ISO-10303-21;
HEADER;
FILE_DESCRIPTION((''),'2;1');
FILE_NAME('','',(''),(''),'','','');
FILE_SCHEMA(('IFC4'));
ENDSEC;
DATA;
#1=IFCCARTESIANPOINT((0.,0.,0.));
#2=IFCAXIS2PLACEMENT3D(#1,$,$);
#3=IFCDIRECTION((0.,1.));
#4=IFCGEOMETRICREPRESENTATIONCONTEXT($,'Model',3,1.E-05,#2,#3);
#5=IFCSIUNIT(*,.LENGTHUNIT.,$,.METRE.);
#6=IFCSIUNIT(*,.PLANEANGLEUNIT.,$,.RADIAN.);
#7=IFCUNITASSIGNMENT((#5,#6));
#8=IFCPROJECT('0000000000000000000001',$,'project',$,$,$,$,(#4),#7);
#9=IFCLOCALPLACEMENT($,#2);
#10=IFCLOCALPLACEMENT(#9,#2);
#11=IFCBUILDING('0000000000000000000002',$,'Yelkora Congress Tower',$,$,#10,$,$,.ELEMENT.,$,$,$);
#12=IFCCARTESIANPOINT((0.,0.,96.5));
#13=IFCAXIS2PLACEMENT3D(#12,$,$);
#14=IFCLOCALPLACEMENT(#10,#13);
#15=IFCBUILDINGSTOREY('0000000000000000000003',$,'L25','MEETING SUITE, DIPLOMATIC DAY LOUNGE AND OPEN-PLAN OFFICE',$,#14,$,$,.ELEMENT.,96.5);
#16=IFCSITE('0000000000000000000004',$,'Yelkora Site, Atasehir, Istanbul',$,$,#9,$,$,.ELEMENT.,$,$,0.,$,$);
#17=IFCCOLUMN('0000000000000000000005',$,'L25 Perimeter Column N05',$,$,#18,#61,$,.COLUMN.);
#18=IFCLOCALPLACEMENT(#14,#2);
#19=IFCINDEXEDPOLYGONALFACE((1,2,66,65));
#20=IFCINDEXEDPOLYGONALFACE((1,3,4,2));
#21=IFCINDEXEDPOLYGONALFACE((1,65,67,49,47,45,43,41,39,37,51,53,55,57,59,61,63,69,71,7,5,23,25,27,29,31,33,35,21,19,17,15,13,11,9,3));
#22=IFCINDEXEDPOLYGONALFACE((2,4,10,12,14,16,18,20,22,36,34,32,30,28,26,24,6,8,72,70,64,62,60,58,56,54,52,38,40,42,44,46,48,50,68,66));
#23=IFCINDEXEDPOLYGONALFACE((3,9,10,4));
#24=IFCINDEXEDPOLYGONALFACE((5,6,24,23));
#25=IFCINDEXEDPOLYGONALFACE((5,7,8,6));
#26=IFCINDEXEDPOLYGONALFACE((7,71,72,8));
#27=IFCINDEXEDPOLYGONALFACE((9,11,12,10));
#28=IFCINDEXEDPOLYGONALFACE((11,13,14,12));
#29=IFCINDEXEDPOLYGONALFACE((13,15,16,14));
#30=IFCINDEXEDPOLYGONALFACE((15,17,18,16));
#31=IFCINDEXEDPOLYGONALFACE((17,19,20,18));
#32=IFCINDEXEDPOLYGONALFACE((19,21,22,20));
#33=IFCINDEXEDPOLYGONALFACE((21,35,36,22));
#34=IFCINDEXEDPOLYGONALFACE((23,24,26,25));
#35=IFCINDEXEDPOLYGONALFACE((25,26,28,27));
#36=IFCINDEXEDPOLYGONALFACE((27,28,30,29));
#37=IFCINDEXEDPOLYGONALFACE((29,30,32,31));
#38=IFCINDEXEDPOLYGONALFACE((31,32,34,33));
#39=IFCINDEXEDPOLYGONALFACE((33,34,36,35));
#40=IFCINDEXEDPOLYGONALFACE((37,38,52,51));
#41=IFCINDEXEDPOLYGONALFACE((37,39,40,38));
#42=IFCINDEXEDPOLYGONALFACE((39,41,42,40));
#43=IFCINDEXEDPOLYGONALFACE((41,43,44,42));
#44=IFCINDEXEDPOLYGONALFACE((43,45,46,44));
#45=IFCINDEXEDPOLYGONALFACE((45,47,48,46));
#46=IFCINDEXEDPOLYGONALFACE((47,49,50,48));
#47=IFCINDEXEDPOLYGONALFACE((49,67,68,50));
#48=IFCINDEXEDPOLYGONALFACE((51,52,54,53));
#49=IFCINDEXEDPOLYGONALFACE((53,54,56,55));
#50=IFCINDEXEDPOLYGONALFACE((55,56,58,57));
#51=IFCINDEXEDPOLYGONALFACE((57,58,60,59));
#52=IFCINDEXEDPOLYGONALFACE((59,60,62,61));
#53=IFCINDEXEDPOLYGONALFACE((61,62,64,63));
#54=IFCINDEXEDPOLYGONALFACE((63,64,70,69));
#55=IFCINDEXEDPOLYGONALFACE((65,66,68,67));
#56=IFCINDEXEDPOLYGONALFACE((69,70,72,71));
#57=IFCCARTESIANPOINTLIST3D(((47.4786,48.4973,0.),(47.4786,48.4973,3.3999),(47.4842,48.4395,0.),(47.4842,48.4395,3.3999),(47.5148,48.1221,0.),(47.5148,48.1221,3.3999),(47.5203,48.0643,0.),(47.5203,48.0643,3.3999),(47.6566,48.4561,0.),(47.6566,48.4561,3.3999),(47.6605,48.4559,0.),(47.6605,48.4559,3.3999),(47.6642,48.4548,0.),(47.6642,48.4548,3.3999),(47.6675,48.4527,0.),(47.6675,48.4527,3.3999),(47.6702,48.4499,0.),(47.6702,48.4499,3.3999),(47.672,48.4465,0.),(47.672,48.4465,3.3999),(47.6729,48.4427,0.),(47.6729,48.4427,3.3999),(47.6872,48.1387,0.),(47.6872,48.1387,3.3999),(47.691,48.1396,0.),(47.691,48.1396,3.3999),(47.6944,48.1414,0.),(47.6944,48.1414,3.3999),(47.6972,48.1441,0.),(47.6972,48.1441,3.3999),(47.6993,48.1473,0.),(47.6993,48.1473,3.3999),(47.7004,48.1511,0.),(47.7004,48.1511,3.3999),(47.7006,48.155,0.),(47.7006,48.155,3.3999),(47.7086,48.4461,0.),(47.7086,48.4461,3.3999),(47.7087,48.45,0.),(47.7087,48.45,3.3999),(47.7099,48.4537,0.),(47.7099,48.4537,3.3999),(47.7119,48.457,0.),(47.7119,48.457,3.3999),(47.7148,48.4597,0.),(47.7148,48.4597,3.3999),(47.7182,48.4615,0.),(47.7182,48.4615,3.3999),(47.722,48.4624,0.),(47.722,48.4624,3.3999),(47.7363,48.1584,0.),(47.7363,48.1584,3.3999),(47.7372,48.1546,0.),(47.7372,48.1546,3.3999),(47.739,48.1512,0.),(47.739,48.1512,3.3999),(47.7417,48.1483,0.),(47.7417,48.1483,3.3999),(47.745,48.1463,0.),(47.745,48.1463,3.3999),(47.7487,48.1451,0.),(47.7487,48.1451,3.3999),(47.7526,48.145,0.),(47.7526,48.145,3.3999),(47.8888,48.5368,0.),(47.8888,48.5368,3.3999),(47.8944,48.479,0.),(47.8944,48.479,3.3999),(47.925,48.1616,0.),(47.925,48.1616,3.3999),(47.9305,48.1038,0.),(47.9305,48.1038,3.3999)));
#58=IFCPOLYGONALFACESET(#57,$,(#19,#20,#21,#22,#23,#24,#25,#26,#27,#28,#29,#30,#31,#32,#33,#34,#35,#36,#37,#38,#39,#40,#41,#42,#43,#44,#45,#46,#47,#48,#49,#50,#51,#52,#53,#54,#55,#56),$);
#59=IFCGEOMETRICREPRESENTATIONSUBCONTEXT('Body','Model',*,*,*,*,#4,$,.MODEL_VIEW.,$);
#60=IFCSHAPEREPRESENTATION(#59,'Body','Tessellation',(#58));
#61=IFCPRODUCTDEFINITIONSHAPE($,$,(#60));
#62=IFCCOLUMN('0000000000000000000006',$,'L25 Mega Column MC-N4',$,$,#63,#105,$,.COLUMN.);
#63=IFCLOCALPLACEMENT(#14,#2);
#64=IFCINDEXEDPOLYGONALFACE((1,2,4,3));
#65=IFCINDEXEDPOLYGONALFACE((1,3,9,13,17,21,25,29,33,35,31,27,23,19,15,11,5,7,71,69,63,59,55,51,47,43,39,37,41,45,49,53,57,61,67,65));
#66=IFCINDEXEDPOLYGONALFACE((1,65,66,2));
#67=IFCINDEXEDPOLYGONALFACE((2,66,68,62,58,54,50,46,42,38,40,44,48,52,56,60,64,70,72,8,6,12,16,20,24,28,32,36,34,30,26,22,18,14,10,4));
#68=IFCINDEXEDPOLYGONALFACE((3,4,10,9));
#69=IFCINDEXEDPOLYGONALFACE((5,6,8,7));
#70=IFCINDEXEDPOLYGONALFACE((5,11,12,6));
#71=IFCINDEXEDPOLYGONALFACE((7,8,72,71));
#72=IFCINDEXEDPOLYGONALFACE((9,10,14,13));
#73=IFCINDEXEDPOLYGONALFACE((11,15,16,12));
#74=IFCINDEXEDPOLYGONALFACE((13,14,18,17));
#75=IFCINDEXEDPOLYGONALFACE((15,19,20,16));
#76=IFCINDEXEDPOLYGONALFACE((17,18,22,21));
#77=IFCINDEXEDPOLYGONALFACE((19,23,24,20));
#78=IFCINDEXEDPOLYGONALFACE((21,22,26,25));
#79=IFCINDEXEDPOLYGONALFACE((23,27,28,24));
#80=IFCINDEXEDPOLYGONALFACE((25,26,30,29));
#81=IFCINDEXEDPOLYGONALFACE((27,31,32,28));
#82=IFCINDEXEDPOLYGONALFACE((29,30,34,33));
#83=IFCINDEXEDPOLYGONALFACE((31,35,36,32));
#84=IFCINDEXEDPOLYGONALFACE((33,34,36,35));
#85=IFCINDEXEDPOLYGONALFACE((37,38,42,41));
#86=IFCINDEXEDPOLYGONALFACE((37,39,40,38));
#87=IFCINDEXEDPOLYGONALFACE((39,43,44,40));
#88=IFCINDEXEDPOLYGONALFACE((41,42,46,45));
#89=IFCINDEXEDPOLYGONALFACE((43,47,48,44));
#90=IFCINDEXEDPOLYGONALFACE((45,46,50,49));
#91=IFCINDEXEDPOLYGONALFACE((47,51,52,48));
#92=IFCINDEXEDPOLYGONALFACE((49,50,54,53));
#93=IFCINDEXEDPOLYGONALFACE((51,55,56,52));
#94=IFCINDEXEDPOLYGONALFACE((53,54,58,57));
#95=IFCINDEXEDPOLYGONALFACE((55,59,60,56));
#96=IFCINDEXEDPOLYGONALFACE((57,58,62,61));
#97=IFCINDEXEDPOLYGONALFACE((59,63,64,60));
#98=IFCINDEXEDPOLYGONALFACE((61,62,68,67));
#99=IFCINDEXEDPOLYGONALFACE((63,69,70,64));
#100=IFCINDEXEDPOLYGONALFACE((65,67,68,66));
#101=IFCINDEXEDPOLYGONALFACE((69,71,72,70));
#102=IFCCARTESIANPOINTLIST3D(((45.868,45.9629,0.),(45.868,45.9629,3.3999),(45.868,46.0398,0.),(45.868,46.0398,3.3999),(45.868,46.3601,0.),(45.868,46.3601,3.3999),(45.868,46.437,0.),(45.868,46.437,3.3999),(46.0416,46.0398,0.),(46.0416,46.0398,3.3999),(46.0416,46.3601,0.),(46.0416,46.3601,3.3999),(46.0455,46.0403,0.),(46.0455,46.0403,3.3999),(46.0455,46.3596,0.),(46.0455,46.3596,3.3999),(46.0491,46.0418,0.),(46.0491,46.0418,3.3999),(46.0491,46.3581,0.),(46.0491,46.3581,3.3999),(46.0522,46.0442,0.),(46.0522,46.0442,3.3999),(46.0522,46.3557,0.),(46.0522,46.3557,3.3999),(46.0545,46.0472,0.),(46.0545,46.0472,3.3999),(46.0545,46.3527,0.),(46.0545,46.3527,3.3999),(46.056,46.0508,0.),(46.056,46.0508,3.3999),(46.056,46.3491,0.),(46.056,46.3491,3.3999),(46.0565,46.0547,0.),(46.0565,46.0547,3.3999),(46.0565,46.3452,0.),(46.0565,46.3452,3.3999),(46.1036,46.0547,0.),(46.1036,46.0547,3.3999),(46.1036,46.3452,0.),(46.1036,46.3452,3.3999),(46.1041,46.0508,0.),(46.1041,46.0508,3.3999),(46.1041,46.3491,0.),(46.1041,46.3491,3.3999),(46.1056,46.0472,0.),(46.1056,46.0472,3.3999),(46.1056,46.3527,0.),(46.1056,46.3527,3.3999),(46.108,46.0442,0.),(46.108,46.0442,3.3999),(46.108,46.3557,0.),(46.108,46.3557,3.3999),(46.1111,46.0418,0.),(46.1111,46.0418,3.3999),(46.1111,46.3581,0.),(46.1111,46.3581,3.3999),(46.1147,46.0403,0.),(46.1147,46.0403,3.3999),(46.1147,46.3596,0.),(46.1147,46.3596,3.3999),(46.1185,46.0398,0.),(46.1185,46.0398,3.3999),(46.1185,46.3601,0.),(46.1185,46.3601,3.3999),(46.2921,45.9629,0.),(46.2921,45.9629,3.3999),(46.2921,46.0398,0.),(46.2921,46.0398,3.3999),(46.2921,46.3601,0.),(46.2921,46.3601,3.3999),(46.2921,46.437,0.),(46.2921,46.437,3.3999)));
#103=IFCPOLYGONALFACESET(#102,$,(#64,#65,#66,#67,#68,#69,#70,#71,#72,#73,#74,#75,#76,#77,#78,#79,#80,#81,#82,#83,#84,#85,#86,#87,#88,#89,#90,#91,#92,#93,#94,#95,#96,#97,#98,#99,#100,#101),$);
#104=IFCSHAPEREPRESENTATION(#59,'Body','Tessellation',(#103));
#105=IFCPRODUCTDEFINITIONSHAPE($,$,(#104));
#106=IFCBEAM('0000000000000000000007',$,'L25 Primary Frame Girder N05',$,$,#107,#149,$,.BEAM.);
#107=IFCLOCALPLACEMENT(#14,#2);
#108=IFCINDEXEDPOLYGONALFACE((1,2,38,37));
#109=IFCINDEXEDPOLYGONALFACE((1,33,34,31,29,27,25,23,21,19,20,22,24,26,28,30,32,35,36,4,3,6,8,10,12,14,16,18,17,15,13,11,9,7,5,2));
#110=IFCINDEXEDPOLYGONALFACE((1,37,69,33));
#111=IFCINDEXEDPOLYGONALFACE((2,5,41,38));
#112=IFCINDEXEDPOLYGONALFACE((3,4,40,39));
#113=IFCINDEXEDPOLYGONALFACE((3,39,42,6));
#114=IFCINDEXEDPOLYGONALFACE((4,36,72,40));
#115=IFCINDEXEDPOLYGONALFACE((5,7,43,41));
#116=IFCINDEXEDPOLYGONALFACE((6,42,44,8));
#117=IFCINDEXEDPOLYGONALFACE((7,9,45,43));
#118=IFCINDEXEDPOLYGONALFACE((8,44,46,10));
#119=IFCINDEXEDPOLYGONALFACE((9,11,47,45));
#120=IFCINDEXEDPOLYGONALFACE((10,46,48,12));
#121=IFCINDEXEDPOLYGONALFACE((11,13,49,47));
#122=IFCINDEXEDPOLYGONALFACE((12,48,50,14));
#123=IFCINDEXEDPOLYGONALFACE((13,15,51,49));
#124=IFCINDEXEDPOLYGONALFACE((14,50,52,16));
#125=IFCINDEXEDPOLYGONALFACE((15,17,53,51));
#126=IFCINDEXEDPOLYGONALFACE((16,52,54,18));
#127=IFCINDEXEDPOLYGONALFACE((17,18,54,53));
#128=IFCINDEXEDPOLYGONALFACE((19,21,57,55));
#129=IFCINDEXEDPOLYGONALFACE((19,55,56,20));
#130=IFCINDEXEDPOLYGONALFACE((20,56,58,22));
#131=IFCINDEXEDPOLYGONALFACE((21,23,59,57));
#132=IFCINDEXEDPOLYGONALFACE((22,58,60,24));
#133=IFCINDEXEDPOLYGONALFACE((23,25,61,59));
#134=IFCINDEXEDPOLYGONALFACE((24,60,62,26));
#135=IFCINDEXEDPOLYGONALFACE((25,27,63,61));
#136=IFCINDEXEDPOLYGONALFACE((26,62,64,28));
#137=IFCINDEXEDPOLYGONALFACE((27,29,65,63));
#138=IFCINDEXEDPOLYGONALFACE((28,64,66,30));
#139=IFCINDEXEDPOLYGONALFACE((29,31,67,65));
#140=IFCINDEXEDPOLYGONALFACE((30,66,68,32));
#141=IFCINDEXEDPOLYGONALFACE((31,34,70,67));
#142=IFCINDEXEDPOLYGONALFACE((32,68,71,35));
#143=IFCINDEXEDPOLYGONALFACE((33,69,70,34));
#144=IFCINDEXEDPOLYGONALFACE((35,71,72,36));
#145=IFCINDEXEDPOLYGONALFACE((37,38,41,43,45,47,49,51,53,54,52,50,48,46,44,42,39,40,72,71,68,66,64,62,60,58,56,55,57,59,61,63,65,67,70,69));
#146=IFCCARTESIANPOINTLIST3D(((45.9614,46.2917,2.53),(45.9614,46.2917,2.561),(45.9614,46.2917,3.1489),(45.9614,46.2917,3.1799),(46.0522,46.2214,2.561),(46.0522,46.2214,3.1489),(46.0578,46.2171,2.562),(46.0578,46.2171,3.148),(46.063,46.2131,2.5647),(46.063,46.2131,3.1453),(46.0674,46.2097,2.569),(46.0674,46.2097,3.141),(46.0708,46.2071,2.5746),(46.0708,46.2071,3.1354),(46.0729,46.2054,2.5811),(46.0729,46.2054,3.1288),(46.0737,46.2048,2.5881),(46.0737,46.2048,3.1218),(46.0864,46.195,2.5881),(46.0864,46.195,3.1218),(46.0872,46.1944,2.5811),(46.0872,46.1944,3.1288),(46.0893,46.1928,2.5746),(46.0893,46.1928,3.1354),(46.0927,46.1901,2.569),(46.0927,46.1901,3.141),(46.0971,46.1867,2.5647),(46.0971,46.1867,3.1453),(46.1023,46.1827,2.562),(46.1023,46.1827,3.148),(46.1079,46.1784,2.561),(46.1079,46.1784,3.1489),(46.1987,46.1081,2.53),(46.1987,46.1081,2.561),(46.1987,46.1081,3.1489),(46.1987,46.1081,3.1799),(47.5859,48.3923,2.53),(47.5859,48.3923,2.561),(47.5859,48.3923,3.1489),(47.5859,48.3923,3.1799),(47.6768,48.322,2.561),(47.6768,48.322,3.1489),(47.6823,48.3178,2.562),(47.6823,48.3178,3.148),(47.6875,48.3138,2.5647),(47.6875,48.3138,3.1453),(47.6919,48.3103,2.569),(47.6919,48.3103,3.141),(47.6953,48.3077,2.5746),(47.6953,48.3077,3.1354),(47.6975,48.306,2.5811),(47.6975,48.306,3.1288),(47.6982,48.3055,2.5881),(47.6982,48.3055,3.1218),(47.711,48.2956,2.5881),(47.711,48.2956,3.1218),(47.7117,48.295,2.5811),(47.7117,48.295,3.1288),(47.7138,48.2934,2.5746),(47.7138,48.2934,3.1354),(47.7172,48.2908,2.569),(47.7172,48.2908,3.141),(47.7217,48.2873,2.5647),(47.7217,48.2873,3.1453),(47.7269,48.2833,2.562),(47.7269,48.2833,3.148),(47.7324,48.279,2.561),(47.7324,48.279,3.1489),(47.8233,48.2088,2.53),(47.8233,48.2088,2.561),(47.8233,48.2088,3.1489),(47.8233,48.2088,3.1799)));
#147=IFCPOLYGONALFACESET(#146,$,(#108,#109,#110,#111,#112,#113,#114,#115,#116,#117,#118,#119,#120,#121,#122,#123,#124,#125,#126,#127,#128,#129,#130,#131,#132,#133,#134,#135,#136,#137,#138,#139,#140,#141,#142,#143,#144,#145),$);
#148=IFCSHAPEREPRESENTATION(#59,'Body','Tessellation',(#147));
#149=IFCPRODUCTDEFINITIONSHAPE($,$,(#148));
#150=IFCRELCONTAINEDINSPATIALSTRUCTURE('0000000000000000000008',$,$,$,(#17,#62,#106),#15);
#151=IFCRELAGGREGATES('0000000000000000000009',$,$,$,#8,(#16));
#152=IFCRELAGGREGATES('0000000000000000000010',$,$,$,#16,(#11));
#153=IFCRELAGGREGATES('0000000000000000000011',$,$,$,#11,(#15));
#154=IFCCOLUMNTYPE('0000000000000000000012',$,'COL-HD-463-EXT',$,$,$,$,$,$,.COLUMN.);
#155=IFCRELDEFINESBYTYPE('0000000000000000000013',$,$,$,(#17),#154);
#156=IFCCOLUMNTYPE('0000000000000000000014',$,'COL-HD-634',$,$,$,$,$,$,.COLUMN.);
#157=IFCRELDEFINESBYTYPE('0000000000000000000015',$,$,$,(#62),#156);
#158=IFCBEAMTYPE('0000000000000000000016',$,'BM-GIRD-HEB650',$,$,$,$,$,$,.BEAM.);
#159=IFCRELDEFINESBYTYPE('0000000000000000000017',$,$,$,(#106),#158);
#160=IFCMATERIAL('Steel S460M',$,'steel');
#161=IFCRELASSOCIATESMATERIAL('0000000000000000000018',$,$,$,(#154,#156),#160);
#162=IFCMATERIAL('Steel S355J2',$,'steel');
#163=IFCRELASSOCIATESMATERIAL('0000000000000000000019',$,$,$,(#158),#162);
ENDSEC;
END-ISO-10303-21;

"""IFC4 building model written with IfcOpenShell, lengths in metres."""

from ifc_helpers import new_model, si_unit, direction, frame, origin, origin_2d, place, context, subcontext, project, spatial, i_section, extrude, material, material_profile, profile_set, type_object, element, save


model = new_model("IFC4")

# Units and contexts
model_context = context("Model", 3, precision=1e-05, world=origin(), true_north=direction((0.0, 1.0)))
body_context = subcontext(model_context, "Body", "Model", "MODEL_VIEW")
ifc_project = project(units=[si_unit("LENGTHUNIT", "METRE"), si_unit("PLANEANGLEUNIT", "RADIAN")], contexts=[model_context])

# Site, building, storey
site_placement = place(None, origin())
site = spatial("IfcSite", under=ifc_project, at=site_placement, Name="Yelkora Site, Atasehir, Istanbul", CompositionType="ELEMENT", RefElevation=0.0)
building_placement = place(site_placement, origin())
building = spatial("IfcBuilding", under=site, at=building_placement, Name="Yelkora Congress Tower", CompositionType="ELEMENT")
storey_placement = place(building_placement, frame((0.0, 0.0, 96.5)))
storey = spatial("IfcBuildingStorey", under=building, at=storey_placement, Name="L25", Description="MEETING SUITE, DIPLOMATIC DAY LOUNGE AND OPEN-PLAN OFFICE", CompositionType="ELEMENT", Elevation=96.5)

# Columns
ifc_material_1 = material(Name="Steel S460M", Category="steel")
ifc_material_profile_1 = material_profile(ifc_material_1, i_section(OverallWidth=0.4121, OverallDepth=0.4351, WebThickness=0.0359, FlangeThickness=0.0581, FilletRadius=0.0149, at=origin_2d()), Name="HD 400x463")
ifc_profile_set_1 = profile_set([ifc_material_profile_1], Name="Steel S460M")
column_type_1 = type_object("IfcColumnType", Name="COL-HD-463-EXT", PredefinedType="COLUMN", material=ifc_profile_set_1)
column_1_placement = place(storey_placement, frame((47.7046, 48.3005, 0.0), z_axis=(0.0, 0.0, 1.0), x_axis=(0.995396, 0.095846, 0.0)))
element("IfcColumn", 1, at=column_1_placement, inside=storey, type_object=column_type_1, Name="L25 Perimeter Column N05", PredefinedType="COLUMN", context=body_context, shape_type="SweptSolid", body=[
    extrude(i_section(OverallWidth=0.4121, OverallDepth=0.4351, WebThickness=0.0359, FlangeThickness=0.0581, FilletRadius=0.0149, at=origin_2d()), origin(), (0.0, 0.0, 1.0), 3.3999),
])
ifc_material_profile_2 = material_profile(ifc_material_1, i_section(OverallWidth=0.4241, OverallDepth=0.4741, WebThickness=0.0471, FlangeThickness=0.0769, FilletRadius=0.0149, at=origin_2d()), Name="HD 400x634")
ifc_profile_set_2 = profile_set([ifc_material_profile_2], Name="Steel S460M")
column_type_2 = type_object("IfcColumnType", Name="COL-HD-634", PredefinedType="COLUMN", material=ifc_profile_set_2)
column_2_placement = place(storey_placement, frame((46.0801, 46.2, 0.0), z_axis=(0.0, 0.0, 1.0), x_axis=(1.0, 0.0, 0.0)))
element("IfcColumn", 2, at=column_2_placement, inside=storey, type_object=column_type_2, Name="L25 Mega Column MC-N4", PredefinedType="COLUMN", context=body_context, shape_type="SweptSolid", body=[
    extrude(i_section(OverallWidth=0.4241, OverallDepth=0.4741, WebThickness=0.0471, FlangeThickness=0.0769, FilletRadius=0.0149, at=origin_2d()), origin(), (0.0, 0.0, 1.0), 3.3999),
])

# Beam
ifc_material_2 = material(Name="Steel S355J2", Category="steel")
ifc_material_profile_3 = material_profile(ifc_material_2, i_section(OverallWidth=0.3, OverallDepth=0.6499, WebThickness=0.0161, FlangeThickness=0.031, FilletRadius=0.0271, at=origin_2d()), Name="HEB 650")
ifc_profile_set_3 = profile_set([ifc_material_profile_3], Name="Steel S355J2")
beam_type_1 = type_object("IfcBeamType", Name="BM-GIRD-HEB650", PredefinedType="BEAM", material=ifc_profile_set_3)
beam_1_placement = place(storey_placement, frame((47.7046, 48.3005, 2.855), z_axis=(-0.611761, -0.791042, 0.0), x_axis=(0.791042, -0.611761, 0.0)))
element("IfcBeam", 3, at=beam_1_placement, inside=storey, type_object=beam_type_1, Name="L25 Primary Frame Girder N05", PredefinedType="BEAM", context=body_context, shape_type="SweptSolid", body=[
    extrude(i_section(OverallWidth=0.3, OverallDepth=0.6499, WebThickness=0.0161, FlangeThickness=0.031, FilletRadius=0.0271, at=origin_2d()), origin(), (0.0, 0.0, 1.0), 2.6555),
])

save(model, "model.ifc")
